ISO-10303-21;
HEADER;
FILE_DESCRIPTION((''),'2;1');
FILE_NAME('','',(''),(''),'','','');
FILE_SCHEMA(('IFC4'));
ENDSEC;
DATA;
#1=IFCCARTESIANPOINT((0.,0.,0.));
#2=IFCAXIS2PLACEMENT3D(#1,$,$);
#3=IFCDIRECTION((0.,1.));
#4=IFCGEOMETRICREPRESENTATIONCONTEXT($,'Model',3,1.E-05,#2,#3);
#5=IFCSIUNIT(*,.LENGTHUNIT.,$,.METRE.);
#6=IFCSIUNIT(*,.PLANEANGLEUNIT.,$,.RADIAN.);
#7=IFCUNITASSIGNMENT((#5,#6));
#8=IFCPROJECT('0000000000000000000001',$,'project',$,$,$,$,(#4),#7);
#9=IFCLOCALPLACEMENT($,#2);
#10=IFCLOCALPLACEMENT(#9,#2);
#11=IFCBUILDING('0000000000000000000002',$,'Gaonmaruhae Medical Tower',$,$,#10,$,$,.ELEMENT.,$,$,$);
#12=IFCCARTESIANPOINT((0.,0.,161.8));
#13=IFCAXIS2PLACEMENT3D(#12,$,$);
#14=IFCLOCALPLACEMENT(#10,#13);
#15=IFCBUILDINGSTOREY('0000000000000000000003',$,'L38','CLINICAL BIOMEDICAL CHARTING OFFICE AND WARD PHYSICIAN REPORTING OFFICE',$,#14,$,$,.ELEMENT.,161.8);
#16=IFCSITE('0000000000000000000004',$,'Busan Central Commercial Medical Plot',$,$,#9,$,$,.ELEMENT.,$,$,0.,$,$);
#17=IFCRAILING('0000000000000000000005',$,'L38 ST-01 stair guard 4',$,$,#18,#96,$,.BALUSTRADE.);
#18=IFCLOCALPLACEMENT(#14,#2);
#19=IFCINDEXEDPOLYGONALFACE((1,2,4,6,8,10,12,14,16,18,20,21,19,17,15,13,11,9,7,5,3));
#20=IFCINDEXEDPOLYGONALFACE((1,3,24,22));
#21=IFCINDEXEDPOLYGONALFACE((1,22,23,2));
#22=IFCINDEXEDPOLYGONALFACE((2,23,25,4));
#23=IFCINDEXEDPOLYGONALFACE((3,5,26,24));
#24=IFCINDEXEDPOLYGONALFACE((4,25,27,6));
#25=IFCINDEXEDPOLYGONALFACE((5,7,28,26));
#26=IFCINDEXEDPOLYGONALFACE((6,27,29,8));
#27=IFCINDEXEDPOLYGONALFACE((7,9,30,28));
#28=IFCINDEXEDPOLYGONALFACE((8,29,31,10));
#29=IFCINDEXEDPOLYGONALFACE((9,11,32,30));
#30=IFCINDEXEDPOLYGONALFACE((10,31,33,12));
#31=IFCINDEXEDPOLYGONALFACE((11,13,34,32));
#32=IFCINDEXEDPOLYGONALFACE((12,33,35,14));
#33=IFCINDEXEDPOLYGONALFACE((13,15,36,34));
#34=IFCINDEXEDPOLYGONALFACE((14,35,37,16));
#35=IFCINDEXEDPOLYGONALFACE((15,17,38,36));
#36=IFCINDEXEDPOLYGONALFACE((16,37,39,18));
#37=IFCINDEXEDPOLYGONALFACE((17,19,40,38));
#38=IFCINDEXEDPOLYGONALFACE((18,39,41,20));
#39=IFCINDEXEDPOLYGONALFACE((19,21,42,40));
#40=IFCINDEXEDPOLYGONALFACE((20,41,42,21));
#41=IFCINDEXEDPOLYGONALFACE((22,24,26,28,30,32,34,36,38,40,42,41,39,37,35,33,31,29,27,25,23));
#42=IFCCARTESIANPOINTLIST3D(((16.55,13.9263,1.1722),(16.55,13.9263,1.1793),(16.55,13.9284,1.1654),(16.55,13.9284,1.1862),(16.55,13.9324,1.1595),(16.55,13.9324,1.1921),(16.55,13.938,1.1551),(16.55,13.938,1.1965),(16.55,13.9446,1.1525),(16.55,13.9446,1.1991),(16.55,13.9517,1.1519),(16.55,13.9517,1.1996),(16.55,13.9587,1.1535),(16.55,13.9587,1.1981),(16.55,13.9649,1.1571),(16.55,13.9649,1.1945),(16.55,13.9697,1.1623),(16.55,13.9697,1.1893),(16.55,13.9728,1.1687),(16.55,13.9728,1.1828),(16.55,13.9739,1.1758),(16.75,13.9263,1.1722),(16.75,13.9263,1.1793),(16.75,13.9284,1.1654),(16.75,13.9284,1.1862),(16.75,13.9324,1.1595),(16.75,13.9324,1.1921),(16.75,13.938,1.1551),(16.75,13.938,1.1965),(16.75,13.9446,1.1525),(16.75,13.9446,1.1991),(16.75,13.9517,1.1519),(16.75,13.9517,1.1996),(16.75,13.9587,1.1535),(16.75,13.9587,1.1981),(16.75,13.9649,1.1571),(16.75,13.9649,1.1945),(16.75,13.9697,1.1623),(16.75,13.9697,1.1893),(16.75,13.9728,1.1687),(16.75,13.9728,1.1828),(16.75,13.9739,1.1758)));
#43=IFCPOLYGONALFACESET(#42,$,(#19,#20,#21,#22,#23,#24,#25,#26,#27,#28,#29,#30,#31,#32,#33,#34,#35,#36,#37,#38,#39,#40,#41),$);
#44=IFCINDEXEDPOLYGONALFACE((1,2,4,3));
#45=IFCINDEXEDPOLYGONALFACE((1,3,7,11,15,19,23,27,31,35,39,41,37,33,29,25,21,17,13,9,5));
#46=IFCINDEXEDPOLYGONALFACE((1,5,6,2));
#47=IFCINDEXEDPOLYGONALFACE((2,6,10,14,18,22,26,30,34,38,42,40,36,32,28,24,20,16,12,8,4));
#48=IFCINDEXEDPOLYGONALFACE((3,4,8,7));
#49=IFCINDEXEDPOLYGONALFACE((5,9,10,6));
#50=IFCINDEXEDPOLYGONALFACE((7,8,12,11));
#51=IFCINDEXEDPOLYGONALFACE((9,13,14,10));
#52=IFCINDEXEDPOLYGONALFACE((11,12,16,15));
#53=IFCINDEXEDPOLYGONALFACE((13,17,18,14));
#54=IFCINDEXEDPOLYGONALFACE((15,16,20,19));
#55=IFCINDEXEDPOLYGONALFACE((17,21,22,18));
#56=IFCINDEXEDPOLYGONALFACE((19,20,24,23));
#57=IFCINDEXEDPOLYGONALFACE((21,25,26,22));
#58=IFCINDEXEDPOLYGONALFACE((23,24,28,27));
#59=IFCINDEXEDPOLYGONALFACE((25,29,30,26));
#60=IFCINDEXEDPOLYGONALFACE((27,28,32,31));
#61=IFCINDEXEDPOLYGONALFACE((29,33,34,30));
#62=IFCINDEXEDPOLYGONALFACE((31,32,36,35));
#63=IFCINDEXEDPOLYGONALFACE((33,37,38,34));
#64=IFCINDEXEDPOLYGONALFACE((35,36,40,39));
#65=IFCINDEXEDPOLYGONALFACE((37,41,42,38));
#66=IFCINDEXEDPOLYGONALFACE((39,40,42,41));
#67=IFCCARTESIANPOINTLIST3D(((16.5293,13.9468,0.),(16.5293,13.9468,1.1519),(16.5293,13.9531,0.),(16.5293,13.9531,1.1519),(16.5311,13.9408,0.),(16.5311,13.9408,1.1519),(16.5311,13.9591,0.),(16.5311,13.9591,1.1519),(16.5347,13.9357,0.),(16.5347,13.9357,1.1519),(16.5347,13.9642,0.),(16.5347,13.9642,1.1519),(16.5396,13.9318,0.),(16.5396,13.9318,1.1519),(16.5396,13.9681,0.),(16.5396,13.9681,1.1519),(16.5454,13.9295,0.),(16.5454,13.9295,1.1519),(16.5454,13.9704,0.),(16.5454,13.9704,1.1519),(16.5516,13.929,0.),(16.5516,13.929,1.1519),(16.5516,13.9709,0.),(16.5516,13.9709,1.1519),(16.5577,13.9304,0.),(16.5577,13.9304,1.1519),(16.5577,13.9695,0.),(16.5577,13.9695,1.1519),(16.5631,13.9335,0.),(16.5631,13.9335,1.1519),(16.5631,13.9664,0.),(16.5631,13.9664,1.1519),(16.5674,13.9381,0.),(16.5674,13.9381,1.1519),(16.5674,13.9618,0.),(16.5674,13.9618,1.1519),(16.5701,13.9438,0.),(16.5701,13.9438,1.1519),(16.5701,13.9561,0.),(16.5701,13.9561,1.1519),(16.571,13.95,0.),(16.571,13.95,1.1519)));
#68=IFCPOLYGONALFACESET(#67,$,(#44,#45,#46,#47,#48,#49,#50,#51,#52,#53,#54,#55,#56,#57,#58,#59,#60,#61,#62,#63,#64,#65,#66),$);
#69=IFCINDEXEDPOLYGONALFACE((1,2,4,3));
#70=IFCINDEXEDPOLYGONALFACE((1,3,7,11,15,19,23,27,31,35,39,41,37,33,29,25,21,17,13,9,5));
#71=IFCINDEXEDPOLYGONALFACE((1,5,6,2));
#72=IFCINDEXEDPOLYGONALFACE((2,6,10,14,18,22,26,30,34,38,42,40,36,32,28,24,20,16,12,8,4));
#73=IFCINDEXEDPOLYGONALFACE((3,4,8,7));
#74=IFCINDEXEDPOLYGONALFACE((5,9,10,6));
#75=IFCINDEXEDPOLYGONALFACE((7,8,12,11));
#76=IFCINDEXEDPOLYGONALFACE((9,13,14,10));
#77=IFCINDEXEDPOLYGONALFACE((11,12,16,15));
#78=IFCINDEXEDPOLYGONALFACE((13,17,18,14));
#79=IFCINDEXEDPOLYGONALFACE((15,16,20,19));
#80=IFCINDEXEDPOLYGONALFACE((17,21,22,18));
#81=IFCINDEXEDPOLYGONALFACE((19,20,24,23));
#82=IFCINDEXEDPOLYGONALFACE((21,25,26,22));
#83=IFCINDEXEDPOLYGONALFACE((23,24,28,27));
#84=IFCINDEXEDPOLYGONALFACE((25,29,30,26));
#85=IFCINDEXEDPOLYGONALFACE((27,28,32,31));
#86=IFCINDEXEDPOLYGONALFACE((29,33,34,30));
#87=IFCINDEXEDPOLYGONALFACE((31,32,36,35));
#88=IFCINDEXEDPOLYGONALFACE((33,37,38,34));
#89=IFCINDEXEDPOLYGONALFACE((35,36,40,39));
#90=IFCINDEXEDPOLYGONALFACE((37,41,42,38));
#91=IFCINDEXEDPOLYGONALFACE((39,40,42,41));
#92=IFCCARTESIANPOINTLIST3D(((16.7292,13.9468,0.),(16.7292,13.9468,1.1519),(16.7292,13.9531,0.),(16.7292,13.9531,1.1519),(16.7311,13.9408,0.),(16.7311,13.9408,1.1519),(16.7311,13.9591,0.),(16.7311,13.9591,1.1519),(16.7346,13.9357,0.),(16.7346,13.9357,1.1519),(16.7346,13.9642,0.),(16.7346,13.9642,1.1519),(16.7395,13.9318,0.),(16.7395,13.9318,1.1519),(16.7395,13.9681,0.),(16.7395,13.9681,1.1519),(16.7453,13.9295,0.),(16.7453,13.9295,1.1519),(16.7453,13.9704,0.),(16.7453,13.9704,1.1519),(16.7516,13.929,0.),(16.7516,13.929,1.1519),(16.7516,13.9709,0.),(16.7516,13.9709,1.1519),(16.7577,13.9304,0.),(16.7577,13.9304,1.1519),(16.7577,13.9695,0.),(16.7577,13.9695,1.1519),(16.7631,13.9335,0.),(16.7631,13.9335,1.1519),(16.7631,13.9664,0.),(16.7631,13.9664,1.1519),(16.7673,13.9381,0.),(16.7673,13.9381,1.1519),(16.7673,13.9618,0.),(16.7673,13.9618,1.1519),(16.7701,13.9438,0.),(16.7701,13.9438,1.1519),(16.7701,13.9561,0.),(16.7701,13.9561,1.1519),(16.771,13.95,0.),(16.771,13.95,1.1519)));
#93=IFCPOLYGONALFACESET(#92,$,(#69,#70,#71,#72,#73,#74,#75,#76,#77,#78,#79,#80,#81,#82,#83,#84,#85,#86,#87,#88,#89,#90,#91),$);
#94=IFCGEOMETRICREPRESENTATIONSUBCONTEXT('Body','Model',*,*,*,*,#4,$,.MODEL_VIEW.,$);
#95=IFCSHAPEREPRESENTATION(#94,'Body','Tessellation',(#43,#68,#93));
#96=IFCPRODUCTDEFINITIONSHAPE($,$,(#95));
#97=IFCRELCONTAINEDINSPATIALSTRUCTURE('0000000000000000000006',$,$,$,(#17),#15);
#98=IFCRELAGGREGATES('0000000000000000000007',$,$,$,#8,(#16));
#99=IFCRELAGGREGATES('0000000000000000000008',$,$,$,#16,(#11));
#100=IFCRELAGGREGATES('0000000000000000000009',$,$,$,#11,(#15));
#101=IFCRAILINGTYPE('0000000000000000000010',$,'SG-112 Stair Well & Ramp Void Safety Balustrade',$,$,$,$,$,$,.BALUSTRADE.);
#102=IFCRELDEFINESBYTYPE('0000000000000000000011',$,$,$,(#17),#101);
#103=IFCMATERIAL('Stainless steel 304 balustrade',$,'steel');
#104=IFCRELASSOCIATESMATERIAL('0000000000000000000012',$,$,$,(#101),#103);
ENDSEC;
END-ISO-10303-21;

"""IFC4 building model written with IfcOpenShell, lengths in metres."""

from ifc_helpers import new_model, si_unit, direction, frame, origin, origin_2d, place, context, subcontext, project, spatial, circle, extrude, material, type_object, element, save


model = new_model("IFC4")

# Units and contexts
model_context = context("Model", 3, precision=1e-05, world=origin(), true_north=direction((0.0, 1.0)))
body_context = subcontext(model_context, "Body", "Model", "MODEL_VIEW")
ifc_project = project(units=[si_unit("LENGTHUNIT", "METRE"), si_unit("PLANEANGLEUNIT", "RADIAN")], contexts=[model_context])

# Site, building, storey
site_placement = place(None, origin())
site = spatial("IfcSite", under=ifc_project, at=site_placement, Name="Busan Central Commercial Medical Plot", CompositionType="ELEMENT", RefElevation=0.0)
building_placement = place(site_placement, origin())
building = spatial("IfcBuilding", under=site, at=building_placement, Name="Gaonmaruhae Medical Tower", CompositionType="ELEMENT")
storey_placement = place(building_placement, frame((0.0, 0.0, 161.8)))
storey = spatial("IfcBuildingStorey", under=building, at=storey_placement, Name="L38", Description="CLINICAL BIOMEDICAL CHARTING OFFICE AND WARD PHYSICIAN REPORTING OFFICE", CompositionType="ELEMENT", Elevation=161.8)

# Railing
ifc_material_1 = material(Name="Stainless steel 304 balustrade", Category="steel")
railing_type_1 = type_object("IfcRailingType", Name="SG-112 Stair Well & Ramp Void Safety Balustrade", PredefinedType="BALUSTRADE", material=ifc_material_1)
railing_1_placement = place(storey_placement, frame((16.55, 13.95, 0.0)))
element("IfcRailing", 1, at=railing_1_placement, inside=storey, type_object=railing_type_1, Name="L38 ST-01 stair guard 4", PredefinedType="BALUSTRADE", context=body_context, shape_type="SweptSolid", body=[
    extrude(circle(Radius=0.0239, at=origin_2d()), frame((0.0, 0.0, 1.1758), z_axis=(1.0, 0.0, 0.0), x_axis=(0.0, 1.0, 0.0)), (0.0, 0.0, 1.0), 0.2),
    extrude(circle(Radius=0.021, at=origin_2d()), origin(), (0.0, 0.0, 1.0), 1.1519),
    extrude(circle(Radius=0.021, at=origin_2d()), frame((0.2, 0.0, 0.0)), (0.0, 0.0, 1.0), 1.1519),
])

save(model, "model.ifc")
